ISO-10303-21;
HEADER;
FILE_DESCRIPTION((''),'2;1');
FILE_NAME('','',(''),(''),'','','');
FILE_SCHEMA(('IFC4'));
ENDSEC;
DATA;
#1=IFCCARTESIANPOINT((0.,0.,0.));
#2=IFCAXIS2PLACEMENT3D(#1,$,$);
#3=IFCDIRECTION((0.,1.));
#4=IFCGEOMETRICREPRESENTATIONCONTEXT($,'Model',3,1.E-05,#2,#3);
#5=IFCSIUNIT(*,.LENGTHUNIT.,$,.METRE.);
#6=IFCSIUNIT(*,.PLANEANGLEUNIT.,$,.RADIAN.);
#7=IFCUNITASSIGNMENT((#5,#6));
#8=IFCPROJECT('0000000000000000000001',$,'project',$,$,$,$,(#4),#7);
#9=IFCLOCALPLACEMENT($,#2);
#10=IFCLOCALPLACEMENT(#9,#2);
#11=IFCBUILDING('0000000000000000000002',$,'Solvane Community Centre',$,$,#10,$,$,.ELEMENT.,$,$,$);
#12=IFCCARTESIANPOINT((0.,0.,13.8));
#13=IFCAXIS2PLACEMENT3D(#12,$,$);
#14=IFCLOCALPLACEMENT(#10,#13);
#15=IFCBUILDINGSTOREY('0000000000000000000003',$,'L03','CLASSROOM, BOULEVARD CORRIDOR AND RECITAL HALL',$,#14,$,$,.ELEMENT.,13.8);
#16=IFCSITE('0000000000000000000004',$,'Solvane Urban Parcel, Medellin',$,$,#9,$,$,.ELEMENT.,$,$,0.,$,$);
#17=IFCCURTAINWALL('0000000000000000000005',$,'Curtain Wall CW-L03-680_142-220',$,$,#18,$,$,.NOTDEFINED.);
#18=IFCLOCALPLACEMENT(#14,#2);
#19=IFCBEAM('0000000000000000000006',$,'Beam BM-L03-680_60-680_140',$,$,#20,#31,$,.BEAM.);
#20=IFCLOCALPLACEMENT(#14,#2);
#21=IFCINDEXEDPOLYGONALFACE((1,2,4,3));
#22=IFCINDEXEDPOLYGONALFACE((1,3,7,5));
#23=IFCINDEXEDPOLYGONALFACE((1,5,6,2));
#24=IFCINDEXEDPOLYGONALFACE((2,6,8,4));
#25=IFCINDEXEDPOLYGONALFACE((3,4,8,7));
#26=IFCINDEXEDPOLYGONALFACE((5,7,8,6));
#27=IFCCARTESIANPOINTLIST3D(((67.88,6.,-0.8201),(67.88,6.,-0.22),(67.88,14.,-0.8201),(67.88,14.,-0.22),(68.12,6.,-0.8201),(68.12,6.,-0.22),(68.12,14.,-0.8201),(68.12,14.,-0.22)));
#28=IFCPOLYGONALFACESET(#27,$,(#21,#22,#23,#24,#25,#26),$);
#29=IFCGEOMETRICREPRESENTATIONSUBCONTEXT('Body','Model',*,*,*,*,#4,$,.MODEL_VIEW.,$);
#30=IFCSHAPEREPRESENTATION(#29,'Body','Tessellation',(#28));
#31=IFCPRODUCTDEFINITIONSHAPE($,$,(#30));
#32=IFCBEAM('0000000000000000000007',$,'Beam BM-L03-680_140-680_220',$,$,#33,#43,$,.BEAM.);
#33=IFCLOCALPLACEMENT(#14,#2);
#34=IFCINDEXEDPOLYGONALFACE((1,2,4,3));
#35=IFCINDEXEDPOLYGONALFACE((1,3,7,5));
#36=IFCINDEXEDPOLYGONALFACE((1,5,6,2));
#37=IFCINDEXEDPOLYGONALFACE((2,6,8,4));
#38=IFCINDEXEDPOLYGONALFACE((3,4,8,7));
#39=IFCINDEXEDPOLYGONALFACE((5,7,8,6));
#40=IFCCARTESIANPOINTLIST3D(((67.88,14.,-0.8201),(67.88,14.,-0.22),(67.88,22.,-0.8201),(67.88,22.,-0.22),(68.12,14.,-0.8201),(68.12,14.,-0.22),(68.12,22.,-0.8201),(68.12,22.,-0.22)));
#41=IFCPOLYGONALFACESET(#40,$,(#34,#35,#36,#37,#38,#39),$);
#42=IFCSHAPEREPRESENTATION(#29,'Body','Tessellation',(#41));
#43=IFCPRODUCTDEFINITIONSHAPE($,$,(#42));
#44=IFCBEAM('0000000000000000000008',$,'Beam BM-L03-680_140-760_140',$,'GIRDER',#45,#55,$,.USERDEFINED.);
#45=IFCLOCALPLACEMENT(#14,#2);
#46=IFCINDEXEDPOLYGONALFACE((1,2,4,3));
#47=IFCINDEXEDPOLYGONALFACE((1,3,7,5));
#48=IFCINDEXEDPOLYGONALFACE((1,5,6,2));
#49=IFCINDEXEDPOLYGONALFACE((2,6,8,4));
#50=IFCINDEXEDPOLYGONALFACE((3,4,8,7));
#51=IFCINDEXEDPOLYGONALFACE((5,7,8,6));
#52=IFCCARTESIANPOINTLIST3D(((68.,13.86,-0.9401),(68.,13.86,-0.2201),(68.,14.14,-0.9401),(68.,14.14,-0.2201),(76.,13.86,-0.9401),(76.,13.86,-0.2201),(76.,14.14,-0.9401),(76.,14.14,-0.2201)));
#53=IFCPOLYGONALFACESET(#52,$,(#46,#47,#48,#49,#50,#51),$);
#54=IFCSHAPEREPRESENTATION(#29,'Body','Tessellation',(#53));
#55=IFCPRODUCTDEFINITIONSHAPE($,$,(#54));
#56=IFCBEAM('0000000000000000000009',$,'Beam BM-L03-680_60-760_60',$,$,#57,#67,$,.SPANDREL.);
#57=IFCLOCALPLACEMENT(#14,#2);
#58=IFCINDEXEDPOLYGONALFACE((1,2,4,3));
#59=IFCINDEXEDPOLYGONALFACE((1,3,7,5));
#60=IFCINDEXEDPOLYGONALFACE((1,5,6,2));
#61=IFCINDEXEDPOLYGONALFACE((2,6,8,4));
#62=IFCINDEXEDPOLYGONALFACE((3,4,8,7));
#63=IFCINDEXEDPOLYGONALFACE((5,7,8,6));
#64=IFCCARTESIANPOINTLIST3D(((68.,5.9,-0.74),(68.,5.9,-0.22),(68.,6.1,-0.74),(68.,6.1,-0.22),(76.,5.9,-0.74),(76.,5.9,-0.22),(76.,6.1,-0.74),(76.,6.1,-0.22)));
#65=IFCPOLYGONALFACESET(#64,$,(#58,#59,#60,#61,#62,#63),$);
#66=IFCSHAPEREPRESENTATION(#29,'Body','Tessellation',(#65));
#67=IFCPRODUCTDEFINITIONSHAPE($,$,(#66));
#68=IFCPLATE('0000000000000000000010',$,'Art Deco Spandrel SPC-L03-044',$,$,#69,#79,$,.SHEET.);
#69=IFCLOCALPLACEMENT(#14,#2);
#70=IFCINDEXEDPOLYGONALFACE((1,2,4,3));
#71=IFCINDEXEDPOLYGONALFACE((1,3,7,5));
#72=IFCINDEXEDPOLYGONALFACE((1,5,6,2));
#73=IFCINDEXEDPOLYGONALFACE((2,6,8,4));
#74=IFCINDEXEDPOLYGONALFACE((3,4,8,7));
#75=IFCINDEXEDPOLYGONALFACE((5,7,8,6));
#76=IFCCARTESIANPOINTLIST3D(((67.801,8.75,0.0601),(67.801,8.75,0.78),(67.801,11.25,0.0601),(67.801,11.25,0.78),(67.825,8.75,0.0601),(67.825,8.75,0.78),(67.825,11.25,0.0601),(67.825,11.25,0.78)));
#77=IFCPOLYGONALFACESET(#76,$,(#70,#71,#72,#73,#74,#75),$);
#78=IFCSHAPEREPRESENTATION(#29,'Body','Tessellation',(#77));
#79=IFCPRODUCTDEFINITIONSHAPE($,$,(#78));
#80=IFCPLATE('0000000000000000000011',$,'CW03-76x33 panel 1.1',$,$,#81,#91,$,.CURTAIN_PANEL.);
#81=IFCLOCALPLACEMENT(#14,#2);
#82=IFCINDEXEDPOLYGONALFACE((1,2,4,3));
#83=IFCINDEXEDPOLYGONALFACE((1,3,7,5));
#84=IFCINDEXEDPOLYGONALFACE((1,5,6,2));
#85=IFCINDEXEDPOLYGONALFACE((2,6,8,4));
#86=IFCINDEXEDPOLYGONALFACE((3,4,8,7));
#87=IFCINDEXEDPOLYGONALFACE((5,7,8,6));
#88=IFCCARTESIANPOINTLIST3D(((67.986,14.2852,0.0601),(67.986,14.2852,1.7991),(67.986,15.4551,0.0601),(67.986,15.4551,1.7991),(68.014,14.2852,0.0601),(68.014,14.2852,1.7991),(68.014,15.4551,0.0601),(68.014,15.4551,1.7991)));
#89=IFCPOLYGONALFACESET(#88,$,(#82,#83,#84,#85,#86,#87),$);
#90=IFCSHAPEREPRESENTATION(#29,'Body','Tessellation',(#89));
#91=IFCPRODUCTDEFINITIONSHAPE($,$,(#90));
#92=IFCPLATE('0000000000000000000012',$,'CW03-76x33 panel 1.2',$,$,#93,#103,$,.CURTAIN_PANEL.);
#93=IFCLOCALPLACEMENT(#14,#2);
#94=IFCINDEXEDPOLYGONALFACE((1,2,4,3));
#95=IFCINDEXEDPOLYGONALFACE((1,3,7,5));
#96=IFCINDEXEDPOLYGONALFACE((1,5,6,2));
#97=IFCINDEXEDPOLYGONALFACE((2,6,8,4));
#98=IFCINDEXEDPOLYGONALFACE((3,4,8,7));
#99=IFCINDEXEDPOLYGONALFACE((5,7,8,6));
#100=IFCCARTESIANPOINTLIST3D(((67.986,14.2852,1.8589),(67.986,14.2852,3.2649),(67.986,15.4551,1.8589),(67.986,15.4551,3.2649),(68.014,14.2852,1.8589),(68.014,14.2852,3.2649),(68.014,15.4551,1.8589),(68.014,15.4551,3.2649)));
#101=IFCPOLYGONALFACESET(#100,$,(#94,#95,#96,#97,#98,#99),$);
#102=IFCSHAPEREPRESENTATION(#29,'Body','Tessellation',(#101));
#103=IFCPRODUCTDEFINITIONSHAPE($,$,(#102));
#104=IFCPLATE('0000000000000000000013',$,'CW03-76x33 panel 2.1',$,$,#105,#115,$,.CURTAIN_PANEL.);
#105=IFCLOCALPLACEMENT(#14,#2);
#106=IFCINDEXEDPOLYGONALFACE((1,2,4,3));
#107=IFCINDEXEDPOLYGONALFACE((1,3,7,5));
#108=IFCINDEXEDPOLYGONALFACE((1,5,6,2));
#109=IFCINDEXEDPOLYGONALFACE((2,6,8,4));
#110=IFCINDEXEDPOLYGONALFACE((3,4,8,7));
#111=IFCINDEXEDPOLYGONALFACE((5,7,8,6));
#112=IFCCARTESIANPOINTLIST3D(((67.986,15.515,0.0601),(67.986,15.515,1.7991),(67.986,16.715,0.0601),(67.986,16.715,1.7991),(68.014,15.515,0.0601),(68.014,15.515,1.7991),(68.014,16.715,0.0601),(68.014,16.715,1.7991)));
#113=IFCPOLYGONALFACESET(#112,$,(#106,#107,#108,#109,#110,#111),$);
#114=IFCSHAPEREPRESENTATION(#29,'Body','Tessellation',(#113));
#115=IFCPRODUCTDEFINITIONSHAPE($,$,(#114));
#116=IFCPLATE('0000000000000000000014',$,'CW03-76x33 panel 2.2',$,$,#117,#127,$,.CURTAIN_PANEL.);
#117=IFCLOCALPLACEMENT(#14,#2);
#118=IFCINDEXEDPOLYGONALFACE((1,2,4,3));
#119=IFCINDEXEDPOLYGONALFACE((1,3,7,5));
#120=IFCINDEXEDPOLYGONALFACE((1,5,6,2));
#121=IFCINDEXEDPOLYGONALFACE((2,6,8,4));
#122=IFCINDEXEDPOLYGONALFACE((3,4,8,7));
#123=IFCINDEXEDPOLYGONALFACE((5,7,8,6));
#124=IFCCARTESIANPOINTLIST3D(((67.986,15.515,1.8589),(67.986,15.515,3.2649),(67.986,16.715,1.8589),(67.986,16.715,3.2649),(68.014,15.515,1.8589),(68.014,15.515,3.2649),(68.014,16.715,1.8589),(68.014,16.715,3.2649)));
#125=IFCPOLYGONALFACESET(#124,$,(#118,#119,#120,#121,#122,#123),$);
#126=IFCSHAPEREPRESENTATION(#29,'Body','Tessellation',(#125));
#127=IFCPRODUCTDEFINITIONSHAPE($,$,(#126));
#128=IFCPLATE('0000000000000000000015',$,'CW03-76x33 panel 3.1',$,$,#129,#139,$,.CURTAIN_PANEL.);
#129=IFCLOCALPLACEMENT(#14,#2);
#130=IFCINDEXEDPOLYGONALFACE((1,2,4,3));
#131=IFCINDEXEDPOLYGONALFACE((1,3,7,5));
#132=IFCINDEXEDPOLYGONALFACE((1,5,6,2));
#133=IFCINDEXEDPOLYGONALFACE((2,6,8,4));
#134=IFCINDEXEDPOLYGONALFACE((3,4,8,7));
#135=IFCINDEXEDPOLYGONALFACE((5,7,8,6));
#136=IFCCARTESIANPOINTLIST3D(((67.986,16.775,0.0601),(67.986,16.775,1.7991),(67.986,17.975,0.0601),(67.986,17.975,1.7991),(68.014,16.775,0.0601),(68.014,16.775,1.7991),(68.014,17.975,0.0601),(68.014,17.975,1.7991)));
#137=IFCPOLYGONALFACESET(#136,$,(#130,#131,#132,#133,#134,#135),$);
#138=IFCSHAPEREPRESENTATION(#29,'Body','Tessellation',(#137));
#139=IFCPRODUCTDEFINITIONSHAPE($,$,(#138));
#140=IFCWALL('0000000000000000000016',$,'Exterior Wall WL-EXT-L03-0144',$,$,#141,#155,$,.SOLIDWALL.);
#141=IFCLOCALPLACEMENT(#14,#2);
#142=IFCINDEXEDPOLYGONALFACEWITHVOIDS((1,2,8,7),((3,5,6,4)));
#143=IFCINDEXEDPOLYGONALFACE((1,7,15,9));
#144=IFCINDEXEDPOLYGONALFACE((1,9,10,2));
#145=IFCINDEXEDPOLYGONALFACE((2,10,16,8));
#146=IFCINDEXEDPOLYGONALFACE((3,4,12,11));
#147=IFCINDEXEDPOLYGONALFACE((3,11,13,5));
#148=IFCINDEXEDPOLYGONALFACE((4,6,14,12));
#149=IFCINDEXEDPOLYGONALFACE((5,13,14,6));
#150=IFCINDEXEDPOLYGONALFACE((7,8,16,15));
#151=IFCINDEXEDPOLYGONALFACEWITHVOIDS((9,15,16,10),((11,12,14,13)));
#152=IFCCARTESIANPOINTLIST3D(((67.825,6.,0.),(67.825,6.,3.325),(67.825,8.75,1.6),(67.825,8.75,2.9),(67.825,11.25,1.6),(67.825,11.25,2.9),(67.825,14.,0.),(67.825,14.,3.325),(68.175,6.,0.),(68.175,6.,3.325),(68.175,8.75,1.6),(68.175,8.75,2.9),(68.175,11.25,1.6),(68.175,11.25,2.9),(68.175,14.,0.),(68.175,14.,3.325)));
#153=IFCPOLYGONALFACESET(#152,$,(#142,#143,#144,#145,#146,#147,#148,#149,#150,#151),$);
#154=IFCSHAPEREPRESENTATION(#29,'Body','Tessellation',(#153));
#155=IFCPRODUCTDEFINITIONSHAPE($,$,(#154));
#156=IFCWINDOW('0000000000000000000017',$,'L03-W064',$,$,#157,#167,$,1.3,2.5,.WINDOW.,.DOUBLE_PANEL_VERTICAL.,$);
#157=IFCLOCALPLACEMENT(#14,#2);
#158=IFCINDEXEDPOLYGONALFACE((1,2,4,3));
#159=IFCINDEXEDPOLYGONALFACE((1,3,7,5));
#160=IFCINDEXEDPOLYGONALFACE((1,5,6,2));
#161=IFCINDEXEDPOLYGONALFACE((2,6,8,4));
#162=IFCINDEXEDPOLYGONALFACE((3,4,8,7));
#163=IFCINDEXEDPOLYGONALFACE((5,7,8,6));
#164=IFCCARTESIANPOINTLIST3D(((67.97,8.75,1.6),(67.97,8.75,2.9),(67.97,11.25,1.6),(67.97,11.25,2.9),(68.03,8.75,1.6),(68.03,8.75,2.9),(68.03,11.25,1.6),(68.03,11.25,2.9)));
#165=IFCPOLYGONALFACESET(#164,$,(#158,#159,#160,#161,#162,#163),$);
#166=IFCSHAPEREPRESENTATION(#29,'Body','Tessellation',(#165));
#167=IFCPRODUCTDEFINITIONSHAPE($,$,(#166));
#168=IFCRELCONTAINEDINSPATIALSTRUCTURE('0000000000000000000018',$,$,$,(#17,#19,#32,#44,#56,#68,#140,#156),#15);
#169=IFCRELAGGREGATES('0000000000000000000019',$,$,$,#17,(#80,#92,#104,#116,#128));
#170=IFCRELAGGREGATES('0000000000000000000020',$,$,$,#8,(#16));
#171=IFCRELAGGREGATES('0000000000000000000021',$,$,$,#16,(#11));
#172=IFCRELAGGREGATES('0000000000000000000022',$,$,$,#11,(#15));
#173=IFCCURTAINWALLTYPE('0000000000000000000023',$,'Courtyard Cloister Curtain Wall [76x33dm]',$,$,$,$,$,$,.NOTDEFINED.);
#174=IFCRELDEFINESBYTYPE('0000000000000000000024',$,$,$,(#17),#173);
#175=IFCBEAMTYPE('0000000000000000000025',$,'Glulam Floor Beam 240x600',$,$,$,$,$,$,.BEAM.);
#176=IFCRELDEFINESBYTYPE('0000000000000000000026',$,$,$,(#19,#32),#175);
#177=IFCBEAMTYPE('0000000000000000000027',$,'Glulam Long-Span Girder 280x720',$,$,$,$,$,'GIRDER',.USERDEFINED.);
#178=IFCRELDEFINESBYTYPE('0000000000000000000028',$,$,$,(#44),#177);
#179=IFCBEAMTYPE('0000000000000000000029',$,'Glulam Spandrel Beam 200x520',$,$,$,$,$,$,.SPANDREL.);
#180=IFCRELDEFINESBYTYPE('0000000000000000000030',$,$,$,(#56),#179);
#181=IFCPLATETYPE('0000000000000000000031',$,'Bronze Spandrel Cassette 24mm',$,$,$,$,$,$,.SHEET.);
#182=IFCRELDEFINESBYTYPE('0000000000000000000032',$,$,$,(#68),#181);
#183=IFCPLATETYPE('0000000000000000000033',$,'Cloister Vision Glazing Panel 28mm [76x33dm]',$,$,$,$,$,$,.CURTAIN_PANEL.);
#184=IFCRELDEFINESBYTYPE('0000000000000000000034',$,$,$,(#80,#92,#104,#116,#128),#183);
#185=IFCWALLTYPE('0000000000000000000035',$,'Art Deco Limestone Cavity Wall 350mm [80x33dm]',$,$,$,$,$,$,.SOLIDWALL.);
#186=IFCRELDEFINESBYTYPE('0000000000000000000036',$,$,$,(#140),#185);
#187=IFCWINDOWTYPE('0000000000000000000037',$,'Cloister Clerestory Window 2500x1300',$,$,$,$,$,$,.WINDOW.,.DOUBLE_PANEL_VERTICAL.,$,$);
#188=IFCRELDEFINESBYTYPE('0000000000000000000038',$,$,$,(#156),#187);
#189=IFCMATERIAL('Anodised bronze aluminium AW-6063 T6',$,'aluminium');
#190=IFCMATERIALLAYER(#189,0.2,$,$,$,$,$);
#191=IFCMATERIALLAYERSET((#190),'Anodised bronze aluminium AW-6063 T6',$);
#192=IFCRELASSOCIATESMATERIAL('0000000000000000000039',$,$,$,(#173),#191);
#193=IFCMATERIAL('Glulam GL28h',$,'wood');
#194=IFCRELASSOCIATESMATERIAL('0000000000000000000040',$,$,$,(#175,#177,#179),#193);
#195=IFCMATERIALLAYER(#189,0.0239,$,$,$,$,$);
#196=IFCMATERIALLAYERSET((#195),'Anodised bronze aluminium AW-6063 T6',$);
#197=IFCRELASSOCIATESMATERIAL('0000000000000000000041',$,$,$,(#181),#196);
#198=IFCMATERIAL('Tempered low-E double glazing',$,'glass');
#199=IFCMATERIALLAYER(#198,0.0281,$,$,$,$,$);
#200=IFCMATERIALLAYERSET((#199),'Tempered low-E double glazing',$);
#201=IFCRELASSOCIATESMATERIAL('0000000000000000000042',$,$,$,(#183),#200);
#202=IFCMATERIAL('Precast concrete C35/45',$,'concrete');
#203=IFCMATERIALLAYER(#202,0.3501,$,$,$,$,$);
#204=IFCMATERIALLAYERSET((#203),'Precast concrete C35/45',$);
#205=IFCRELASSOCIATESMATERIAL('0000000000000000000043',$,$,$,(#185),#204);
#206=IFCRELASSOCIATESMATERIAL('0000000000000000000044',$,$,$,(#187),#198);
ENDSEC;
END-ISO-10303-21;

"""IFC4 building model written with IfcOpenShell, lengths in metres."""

from ifc_helpers import new_model, si_unit, direction, frame, frame_2d, origin, origin_2d, place, context, subcontext, project, spatial, rectangle, extrude, material, layer, layer_set, material_profile, profile_set, type_object, element, fill, aggregate, save


model = new_model("IFC4")

# Units and contexts
model_context = context("Model", 3, precision=1e-05, world=origin(), true_north=direction((0.0, 1.0)))
body_context = subcontext(model_context, "Body", "Model", "MODEL_VIEW")
ifc_project = project(units=[si_unit("LENGTHUNIT", "METRE"), si_unit("PLANEANGLEUNIT", "RADIAN")], contexts=[model_context])

# Site, building, storey
site_placement = place(None, origin())
site = spatial("IfcSite", under=ifc_project, at=site_placement, Name="Solvane Urban Parcel, Medellin", CompositionType="ELEMENT", RefElevation=0.0)
building_placement = place(site_placement, origin())
building = spatial("IfcBuilding", under=site, at=building_placement, Name="Solvane Community Centre", CompositionType="ELEMENT")
storey_placement = place(building_placement, frame((0.0, 0.0, 13.8)))
storey = spatial("IfcBuildingStorey", under=building, at=storey_placement, Name="L03", Description="CLASSROOM, BOULEVARD CORRIDOR AND RECITAL HALL", CompositionType="ELEMENT", Elevation=13.8)

# Curtain wall
ifc_material_1 = material(Name="Anodised bronze aluminium AW-6063 T6", Category="aluminium")
ifc_layer_1 = layer(ifc_material_1, 0.2)
ifc_layer_set_1 = layer_set([ifc_layer_1], Name="Anodised bronze aluminium AW-6063 T6")
curtain_wall_type = type_object("IfcCurtainWallType", Name="Courtyard Cloister Curtain Wall [76x33dm]", PredefinedType="NOTDEFINED", material=ifc_layer_set_1)
curtain_wall_placement = place(storey_placement, origin())
curtain_wall = element("IfcCurtainWall", 1, at=curtain_wall_placement, inside=storey, type_object=curtain_wall_type, Name="Curtain Wall CW-L03-680_142-220", PredefinedType="NOTDEFINED")

# Beams
ifc_material_2 = material(Name="Glulam GL28h", Category="wood")
ifc_material_profile_1 = material_profile(ifc_material_2, rectangle(XDim=0.24, YDim=0.6001, at=origin_2d()), Name="GL28h 240x600")
ifc_profile_set_1 = profile_set([ifc_material_profile_1], Name="Glulam GL28h")
beam_type_1 = type_object("IfcBeamType", Name="Glulam Floor Beam 240x600", PredefinedType="BEAM", material=ifc_profile_set_1)
for number, where, z_axis, x_axis, name in (
    (2, (68.0, 6.0, -0.52), (0.0, 1.0, 0.0), (-1.0, 0.0, 0.0), "Beam BM-L03-680_60-680_140"),
    (3, (68.0, 14.0, -0.52), (0.0, 1.0, 0.0), (-1.0, 0.0, 0.0), "Beam BM-L03-680_140-680_220"),
):
    element("IfcBeam", number, at=place(storey_placement, frame(where, z_axis=z_axis, x_axis=x_axis)), inside=storey, type_object=beam_type_1, Name=name, PredefinedType="BEAM", context=body_context, shape_type="SweptSolid", body=[
        extrude(rectangle(XDim=0.24, YDim=0.6001, at=origin_2d()), origin(), (0.0, 0.0, 1.0), 8.0),
    ])
ifc_material_profile_2 = material_profile(ifc_material_2, rectangle(XDim=0.28, YDim=0.72, at=origin_2d()), Name="GL28h 280x720")
ifc_profile_set_2 = profile_set([ifc_material_profile_2], Name="Glulam GL28h")
beam_type_2 = type_object("IfcBeamType", Name="Glulam Long-Span Girder 280x720", ElementType="GIRDER", PredefinedType="USERDEFINED", material=ifc_profile_set_2)
beam_1_placement = place(storey_placement, frame((68.0, 14.0, -0.5801), z_axis=(1.0, 0.0, 0.0), x_axis=(0.0, 1.0, 0.0)))
element("IfcBeam", 4, at=beam_1_placement, inside=storey, type_object=beam_type_2, Name="Beam BM-L03-680_140-760_140", ObjectType="GIRDER", PredefinedType="USERDEFINED", context=body_context, shape_type="SweptSolid", body=[
    extrude(rectangle(XDim=0.28, YDim=0.72, at=origin_2d()), origin(), (0.0, 0.0, 1.0), 8.0),
])
ifc_material_profile_3 = material_profile(ifc_material_2, rectangle(XDim=0.2, YDim=0.52, at=origin_2d()), Name="GL28h 200x520")
ifc_profile_set_3 = profile_set([ifc_material_profile_3], Name="Glulam GL28h")
beam_type_3 = type_object("IfcBeamType", Name="Glulam Spandrel Beam 200x520", PredefinedType="SPANDREL", material=ifc_profile_set_3)
beam_2_placement = place(storey_placement, frame((68.0, 6.0, -0.48), z_axis=(1.0, 0.0, 0.0), x_axis=(0.0, 1.0, 0.0)))
element("IfcBeam", 5, at=beam_2_placement, inside=storey, type_object=beam_type_3, Name="Beam BM-L03-680_60-760_60", PredefinedType="SPANDREL", context=body_context, shape_type="SweptSolid", body=[
    extrude(rectangle(XDim=0.2, YDim=0.52, at=origin_2d()), origin(), (0.0, 0.0, 1.0), 8.0),
])

# Plates
ifc_layer_2 = layer(ifc_material_1, 0.0239)
ifc_layer_set_2 = layer_set([ifc_layer_2], Name="Anodised bronze aluminium AW-6063 T6")
plate_type_1 = type_object("IfcPlateType", Name="Bronze Spandrel Cassette 24mm", PredefinedType="SHEET", material=ifc_layer_set_2)
plate_1_placement = place(storey_placement, frame((67.813, 10.0, 0.0601), z_axis=(0.0, 0.0, 1.0), x_axis=(0.0, 1.0, 0.0)))
element("IfcPlate", 6, at=plate_1_placement, inside=storey, type_object=plate_type_1, Name="Art Deco Spandrel SPC-L03-044", PredefinedType="SHEET", context=body_context, shape_type="SweptSolid", body=[
    extrude(rectangle(XDim=2.5, YDim=0.0239, at=origin_2d()), origin(), (0.0, 0.0, 1.0), 0.72),
])
ifc_material_3 = material(Name="Tempered low-E double glazing", Category="glass")
ifc_layer_3 = layer(ifc_material_3, 0.0281)
ifc_layer_set_3 = layer_set([ifc_layer_3], Name="Tempered low-E double glazing")
plate_type_2 = type_object("IfcPlateType", Name="Cloister Vision Glazing Panel 28mm [76x33dm]", PredefinedType="CURTAIN_PANEL", material=ifc_layer_set_3)
plate_2_placement = place(storey_placement, frame((68.0, 14.8701, 0.0601), z_axis=(0.0, 0.0, 1.0), x_axis=(0.0, 1.0, 0.0)))
plate_2 = element("IfcPlate", 7, at=plate_2_placement, type_object=plate_type_2, Name="CW03-76x33 panel 1.1", PredefinedType="CURTAIN_PANEL", context=body_context, shape_type="SweptSolid", body=[
    extrude(rectangle(XDim=1.1699, YDim=0.0281, at=origin_2d()), origin(), (0.0, 0.0, 1.0), 1.739),
])
plate_3_placement = place(storey_placement, frame((68.0, 14.8701, 1.8589), z_axis=(0.0, 0.0, 1.0), x_axis=(0.0, 1.0, 0.0)))
plate_3 = element("IfcPlate", 8, at=plate_3_placement, type_object=plate_type_2, Name="CW03-76x33 panel 1.2", PredefinedType="CURTAIN_PANEL", context=body_context, shape_type="SweptSolid", body=[
    extrude(rectangle(XDim=1.1699, YDim=0.0281, at=origin_2d()), origin(), (0.0, 0.0, 1.0), 1.406),
])
plate_4_placement = place(storey_placement, frame((68.0, 16.115, 0.0601), z_axis=(0.0, 0.0, 1.0), x_axis=(0.0, 1.0, 0.0)))
plate_4 = element("IfcPlate", 9, at=plate_4_placement, type_object=plate_type_2, Name="CW03-76x33 panel 2.1", PredefinedType="CURTAIN_PANEL", context=body_context, shape_type="SweptSolid", body=[
    extrude(rectangle(XDim=1.2, YDim=0.0281, at=origin_2d()), origin(), (0.0, 0.0, 1.0), 1.739),
])
plate_5_placement = place(storey_placement, frame((68.0, 16.115, 1.8589), z_axis=(0.0, 0.0, 1.0), x_axis=(0.0, 1.0, 0.0)))
plate_5 = element("IfcPlate", 10, at=plate_5_placement, type_object=plate_type_2, Name="CW03-76x33 panel 2.2", PredefinedType="CURTAIN_PANEL", context=body_context, shape_type="SweptSolid", body=[
    extrude(rectangle(XDim=1.2, YDim=0.0281, at=origin_2d()), origin(), (0.0, 0.0, 1.0), 1.406),
])
plate_6_placement = place(storey_placement, frame((68.0, 17.375, 0.0601), z_axis=(0.0, 0.0, 1.0), x_axis=(0.0, 1.0, 0.0)))
plate_6 = element("IfcPlate", 11, at=plate_6_placement, type_object=plate_type_2, Name="CW03-76x33 panel 3.1", PredefinedType="CURTAIN_PANEL", context=body_context, shape_type="SweptSolid", body=[
    extrude(rectangle(XDim=1.2, YDim=0.0281, at=origin_2d()), origin(), (0.0, 0.0, 1.0), 1.739),
])
aggregate(curtain_wall, [plate_2, plate_3, plate_4, plate_5, plate_6])

# Wall, opening, window
ifc_material_4 = material(Name="Precast concrete C35/45", Category="concrete")
ifc_layer_4 = layer(ifc_material_4, 0.3501)
ifc_layer_set_4 = layer_set([ifc_layer_4], Name="Precast concrete C35/45")
wall_type = type_object("IfcWallType", Name="Art Deco Limestone Cavity Wall 350mm [80x33dm]", PredefinedType="SOLIDWALL", material=ifc_layer_set_4)
wall_placement = place(storey_placement, frame((68.0, 6.0, 0.0), z_axis=(0.0, 0.0, 1.0), x_axis=(0.0, 1.0, 0.0)))
wall = element("IfcWall", 12, at=wall_placement, inside=storey, type_object=wall_type, Name="Exterior Wall WL-EXT-L03-0144", PredefinedType="SOLIDWALL", context=body_context, shape_type="SweptSolid", body=[
    extrude(rectangle(XDim=8.0, YDim=0.3501, at=frame_2d((4.0, 0.0))), origin(), (0.0, 0.0, 1.0), 3.325),
])
opening_placement = place(wall_placement, frame((2.75, 0.0, 1.6001)))
opening = element("IfcOpeningElement", 13, at=opening_placement, cuts=wall, PredefinedType="OPENING", context=body_context, shape_type="SweptSolid", body=[
    extrude(rectangle(XDim=2.5, YDim=1.3, at=frame_2d((1.25, 0.6499))), frame((0.0, 0.1851, 0.0), z_axis=(0.0, -1.0, 0.0), x_axis=(1.0, 0.0, 0.0)), (0.0, 0.0, 1.0), 0.3701),
])
window_type = type_object("IfcWindowType", Name="Cloister Clerestory Window 2500x1300", PartitioningType="DOUBLE_PANEL_VERTICAL", PredefinedType="WINDOW", material=ifc_material_3)
window_placement = place(opening_placement, origin())
window = element("IfcWindow", 14, at=window_placement, inside=storey, type_object=window_type, Name="L03-W064", OverallHeight=1.3, OverallWidth=2.5, PartitioningType="DOUBLE_PANEL_VERTICAL", PredefinedType="WINDOW", context=body_context, shape_type="SweptSolid", body=[
    extrude(rectangle(XDim=2.5, YDim=1.3, at=frame_2d((1.25, 0.6499))), frame((0.0, 0.03, 0.0), z_axis=(0.0, -1.0, 0.0), x_axis=(1.0, 0.0, 0.0)), (0.0, 0.0, 1.0), 0.0601),
])
fill(opening, window)

save(model, "model.ifc")
